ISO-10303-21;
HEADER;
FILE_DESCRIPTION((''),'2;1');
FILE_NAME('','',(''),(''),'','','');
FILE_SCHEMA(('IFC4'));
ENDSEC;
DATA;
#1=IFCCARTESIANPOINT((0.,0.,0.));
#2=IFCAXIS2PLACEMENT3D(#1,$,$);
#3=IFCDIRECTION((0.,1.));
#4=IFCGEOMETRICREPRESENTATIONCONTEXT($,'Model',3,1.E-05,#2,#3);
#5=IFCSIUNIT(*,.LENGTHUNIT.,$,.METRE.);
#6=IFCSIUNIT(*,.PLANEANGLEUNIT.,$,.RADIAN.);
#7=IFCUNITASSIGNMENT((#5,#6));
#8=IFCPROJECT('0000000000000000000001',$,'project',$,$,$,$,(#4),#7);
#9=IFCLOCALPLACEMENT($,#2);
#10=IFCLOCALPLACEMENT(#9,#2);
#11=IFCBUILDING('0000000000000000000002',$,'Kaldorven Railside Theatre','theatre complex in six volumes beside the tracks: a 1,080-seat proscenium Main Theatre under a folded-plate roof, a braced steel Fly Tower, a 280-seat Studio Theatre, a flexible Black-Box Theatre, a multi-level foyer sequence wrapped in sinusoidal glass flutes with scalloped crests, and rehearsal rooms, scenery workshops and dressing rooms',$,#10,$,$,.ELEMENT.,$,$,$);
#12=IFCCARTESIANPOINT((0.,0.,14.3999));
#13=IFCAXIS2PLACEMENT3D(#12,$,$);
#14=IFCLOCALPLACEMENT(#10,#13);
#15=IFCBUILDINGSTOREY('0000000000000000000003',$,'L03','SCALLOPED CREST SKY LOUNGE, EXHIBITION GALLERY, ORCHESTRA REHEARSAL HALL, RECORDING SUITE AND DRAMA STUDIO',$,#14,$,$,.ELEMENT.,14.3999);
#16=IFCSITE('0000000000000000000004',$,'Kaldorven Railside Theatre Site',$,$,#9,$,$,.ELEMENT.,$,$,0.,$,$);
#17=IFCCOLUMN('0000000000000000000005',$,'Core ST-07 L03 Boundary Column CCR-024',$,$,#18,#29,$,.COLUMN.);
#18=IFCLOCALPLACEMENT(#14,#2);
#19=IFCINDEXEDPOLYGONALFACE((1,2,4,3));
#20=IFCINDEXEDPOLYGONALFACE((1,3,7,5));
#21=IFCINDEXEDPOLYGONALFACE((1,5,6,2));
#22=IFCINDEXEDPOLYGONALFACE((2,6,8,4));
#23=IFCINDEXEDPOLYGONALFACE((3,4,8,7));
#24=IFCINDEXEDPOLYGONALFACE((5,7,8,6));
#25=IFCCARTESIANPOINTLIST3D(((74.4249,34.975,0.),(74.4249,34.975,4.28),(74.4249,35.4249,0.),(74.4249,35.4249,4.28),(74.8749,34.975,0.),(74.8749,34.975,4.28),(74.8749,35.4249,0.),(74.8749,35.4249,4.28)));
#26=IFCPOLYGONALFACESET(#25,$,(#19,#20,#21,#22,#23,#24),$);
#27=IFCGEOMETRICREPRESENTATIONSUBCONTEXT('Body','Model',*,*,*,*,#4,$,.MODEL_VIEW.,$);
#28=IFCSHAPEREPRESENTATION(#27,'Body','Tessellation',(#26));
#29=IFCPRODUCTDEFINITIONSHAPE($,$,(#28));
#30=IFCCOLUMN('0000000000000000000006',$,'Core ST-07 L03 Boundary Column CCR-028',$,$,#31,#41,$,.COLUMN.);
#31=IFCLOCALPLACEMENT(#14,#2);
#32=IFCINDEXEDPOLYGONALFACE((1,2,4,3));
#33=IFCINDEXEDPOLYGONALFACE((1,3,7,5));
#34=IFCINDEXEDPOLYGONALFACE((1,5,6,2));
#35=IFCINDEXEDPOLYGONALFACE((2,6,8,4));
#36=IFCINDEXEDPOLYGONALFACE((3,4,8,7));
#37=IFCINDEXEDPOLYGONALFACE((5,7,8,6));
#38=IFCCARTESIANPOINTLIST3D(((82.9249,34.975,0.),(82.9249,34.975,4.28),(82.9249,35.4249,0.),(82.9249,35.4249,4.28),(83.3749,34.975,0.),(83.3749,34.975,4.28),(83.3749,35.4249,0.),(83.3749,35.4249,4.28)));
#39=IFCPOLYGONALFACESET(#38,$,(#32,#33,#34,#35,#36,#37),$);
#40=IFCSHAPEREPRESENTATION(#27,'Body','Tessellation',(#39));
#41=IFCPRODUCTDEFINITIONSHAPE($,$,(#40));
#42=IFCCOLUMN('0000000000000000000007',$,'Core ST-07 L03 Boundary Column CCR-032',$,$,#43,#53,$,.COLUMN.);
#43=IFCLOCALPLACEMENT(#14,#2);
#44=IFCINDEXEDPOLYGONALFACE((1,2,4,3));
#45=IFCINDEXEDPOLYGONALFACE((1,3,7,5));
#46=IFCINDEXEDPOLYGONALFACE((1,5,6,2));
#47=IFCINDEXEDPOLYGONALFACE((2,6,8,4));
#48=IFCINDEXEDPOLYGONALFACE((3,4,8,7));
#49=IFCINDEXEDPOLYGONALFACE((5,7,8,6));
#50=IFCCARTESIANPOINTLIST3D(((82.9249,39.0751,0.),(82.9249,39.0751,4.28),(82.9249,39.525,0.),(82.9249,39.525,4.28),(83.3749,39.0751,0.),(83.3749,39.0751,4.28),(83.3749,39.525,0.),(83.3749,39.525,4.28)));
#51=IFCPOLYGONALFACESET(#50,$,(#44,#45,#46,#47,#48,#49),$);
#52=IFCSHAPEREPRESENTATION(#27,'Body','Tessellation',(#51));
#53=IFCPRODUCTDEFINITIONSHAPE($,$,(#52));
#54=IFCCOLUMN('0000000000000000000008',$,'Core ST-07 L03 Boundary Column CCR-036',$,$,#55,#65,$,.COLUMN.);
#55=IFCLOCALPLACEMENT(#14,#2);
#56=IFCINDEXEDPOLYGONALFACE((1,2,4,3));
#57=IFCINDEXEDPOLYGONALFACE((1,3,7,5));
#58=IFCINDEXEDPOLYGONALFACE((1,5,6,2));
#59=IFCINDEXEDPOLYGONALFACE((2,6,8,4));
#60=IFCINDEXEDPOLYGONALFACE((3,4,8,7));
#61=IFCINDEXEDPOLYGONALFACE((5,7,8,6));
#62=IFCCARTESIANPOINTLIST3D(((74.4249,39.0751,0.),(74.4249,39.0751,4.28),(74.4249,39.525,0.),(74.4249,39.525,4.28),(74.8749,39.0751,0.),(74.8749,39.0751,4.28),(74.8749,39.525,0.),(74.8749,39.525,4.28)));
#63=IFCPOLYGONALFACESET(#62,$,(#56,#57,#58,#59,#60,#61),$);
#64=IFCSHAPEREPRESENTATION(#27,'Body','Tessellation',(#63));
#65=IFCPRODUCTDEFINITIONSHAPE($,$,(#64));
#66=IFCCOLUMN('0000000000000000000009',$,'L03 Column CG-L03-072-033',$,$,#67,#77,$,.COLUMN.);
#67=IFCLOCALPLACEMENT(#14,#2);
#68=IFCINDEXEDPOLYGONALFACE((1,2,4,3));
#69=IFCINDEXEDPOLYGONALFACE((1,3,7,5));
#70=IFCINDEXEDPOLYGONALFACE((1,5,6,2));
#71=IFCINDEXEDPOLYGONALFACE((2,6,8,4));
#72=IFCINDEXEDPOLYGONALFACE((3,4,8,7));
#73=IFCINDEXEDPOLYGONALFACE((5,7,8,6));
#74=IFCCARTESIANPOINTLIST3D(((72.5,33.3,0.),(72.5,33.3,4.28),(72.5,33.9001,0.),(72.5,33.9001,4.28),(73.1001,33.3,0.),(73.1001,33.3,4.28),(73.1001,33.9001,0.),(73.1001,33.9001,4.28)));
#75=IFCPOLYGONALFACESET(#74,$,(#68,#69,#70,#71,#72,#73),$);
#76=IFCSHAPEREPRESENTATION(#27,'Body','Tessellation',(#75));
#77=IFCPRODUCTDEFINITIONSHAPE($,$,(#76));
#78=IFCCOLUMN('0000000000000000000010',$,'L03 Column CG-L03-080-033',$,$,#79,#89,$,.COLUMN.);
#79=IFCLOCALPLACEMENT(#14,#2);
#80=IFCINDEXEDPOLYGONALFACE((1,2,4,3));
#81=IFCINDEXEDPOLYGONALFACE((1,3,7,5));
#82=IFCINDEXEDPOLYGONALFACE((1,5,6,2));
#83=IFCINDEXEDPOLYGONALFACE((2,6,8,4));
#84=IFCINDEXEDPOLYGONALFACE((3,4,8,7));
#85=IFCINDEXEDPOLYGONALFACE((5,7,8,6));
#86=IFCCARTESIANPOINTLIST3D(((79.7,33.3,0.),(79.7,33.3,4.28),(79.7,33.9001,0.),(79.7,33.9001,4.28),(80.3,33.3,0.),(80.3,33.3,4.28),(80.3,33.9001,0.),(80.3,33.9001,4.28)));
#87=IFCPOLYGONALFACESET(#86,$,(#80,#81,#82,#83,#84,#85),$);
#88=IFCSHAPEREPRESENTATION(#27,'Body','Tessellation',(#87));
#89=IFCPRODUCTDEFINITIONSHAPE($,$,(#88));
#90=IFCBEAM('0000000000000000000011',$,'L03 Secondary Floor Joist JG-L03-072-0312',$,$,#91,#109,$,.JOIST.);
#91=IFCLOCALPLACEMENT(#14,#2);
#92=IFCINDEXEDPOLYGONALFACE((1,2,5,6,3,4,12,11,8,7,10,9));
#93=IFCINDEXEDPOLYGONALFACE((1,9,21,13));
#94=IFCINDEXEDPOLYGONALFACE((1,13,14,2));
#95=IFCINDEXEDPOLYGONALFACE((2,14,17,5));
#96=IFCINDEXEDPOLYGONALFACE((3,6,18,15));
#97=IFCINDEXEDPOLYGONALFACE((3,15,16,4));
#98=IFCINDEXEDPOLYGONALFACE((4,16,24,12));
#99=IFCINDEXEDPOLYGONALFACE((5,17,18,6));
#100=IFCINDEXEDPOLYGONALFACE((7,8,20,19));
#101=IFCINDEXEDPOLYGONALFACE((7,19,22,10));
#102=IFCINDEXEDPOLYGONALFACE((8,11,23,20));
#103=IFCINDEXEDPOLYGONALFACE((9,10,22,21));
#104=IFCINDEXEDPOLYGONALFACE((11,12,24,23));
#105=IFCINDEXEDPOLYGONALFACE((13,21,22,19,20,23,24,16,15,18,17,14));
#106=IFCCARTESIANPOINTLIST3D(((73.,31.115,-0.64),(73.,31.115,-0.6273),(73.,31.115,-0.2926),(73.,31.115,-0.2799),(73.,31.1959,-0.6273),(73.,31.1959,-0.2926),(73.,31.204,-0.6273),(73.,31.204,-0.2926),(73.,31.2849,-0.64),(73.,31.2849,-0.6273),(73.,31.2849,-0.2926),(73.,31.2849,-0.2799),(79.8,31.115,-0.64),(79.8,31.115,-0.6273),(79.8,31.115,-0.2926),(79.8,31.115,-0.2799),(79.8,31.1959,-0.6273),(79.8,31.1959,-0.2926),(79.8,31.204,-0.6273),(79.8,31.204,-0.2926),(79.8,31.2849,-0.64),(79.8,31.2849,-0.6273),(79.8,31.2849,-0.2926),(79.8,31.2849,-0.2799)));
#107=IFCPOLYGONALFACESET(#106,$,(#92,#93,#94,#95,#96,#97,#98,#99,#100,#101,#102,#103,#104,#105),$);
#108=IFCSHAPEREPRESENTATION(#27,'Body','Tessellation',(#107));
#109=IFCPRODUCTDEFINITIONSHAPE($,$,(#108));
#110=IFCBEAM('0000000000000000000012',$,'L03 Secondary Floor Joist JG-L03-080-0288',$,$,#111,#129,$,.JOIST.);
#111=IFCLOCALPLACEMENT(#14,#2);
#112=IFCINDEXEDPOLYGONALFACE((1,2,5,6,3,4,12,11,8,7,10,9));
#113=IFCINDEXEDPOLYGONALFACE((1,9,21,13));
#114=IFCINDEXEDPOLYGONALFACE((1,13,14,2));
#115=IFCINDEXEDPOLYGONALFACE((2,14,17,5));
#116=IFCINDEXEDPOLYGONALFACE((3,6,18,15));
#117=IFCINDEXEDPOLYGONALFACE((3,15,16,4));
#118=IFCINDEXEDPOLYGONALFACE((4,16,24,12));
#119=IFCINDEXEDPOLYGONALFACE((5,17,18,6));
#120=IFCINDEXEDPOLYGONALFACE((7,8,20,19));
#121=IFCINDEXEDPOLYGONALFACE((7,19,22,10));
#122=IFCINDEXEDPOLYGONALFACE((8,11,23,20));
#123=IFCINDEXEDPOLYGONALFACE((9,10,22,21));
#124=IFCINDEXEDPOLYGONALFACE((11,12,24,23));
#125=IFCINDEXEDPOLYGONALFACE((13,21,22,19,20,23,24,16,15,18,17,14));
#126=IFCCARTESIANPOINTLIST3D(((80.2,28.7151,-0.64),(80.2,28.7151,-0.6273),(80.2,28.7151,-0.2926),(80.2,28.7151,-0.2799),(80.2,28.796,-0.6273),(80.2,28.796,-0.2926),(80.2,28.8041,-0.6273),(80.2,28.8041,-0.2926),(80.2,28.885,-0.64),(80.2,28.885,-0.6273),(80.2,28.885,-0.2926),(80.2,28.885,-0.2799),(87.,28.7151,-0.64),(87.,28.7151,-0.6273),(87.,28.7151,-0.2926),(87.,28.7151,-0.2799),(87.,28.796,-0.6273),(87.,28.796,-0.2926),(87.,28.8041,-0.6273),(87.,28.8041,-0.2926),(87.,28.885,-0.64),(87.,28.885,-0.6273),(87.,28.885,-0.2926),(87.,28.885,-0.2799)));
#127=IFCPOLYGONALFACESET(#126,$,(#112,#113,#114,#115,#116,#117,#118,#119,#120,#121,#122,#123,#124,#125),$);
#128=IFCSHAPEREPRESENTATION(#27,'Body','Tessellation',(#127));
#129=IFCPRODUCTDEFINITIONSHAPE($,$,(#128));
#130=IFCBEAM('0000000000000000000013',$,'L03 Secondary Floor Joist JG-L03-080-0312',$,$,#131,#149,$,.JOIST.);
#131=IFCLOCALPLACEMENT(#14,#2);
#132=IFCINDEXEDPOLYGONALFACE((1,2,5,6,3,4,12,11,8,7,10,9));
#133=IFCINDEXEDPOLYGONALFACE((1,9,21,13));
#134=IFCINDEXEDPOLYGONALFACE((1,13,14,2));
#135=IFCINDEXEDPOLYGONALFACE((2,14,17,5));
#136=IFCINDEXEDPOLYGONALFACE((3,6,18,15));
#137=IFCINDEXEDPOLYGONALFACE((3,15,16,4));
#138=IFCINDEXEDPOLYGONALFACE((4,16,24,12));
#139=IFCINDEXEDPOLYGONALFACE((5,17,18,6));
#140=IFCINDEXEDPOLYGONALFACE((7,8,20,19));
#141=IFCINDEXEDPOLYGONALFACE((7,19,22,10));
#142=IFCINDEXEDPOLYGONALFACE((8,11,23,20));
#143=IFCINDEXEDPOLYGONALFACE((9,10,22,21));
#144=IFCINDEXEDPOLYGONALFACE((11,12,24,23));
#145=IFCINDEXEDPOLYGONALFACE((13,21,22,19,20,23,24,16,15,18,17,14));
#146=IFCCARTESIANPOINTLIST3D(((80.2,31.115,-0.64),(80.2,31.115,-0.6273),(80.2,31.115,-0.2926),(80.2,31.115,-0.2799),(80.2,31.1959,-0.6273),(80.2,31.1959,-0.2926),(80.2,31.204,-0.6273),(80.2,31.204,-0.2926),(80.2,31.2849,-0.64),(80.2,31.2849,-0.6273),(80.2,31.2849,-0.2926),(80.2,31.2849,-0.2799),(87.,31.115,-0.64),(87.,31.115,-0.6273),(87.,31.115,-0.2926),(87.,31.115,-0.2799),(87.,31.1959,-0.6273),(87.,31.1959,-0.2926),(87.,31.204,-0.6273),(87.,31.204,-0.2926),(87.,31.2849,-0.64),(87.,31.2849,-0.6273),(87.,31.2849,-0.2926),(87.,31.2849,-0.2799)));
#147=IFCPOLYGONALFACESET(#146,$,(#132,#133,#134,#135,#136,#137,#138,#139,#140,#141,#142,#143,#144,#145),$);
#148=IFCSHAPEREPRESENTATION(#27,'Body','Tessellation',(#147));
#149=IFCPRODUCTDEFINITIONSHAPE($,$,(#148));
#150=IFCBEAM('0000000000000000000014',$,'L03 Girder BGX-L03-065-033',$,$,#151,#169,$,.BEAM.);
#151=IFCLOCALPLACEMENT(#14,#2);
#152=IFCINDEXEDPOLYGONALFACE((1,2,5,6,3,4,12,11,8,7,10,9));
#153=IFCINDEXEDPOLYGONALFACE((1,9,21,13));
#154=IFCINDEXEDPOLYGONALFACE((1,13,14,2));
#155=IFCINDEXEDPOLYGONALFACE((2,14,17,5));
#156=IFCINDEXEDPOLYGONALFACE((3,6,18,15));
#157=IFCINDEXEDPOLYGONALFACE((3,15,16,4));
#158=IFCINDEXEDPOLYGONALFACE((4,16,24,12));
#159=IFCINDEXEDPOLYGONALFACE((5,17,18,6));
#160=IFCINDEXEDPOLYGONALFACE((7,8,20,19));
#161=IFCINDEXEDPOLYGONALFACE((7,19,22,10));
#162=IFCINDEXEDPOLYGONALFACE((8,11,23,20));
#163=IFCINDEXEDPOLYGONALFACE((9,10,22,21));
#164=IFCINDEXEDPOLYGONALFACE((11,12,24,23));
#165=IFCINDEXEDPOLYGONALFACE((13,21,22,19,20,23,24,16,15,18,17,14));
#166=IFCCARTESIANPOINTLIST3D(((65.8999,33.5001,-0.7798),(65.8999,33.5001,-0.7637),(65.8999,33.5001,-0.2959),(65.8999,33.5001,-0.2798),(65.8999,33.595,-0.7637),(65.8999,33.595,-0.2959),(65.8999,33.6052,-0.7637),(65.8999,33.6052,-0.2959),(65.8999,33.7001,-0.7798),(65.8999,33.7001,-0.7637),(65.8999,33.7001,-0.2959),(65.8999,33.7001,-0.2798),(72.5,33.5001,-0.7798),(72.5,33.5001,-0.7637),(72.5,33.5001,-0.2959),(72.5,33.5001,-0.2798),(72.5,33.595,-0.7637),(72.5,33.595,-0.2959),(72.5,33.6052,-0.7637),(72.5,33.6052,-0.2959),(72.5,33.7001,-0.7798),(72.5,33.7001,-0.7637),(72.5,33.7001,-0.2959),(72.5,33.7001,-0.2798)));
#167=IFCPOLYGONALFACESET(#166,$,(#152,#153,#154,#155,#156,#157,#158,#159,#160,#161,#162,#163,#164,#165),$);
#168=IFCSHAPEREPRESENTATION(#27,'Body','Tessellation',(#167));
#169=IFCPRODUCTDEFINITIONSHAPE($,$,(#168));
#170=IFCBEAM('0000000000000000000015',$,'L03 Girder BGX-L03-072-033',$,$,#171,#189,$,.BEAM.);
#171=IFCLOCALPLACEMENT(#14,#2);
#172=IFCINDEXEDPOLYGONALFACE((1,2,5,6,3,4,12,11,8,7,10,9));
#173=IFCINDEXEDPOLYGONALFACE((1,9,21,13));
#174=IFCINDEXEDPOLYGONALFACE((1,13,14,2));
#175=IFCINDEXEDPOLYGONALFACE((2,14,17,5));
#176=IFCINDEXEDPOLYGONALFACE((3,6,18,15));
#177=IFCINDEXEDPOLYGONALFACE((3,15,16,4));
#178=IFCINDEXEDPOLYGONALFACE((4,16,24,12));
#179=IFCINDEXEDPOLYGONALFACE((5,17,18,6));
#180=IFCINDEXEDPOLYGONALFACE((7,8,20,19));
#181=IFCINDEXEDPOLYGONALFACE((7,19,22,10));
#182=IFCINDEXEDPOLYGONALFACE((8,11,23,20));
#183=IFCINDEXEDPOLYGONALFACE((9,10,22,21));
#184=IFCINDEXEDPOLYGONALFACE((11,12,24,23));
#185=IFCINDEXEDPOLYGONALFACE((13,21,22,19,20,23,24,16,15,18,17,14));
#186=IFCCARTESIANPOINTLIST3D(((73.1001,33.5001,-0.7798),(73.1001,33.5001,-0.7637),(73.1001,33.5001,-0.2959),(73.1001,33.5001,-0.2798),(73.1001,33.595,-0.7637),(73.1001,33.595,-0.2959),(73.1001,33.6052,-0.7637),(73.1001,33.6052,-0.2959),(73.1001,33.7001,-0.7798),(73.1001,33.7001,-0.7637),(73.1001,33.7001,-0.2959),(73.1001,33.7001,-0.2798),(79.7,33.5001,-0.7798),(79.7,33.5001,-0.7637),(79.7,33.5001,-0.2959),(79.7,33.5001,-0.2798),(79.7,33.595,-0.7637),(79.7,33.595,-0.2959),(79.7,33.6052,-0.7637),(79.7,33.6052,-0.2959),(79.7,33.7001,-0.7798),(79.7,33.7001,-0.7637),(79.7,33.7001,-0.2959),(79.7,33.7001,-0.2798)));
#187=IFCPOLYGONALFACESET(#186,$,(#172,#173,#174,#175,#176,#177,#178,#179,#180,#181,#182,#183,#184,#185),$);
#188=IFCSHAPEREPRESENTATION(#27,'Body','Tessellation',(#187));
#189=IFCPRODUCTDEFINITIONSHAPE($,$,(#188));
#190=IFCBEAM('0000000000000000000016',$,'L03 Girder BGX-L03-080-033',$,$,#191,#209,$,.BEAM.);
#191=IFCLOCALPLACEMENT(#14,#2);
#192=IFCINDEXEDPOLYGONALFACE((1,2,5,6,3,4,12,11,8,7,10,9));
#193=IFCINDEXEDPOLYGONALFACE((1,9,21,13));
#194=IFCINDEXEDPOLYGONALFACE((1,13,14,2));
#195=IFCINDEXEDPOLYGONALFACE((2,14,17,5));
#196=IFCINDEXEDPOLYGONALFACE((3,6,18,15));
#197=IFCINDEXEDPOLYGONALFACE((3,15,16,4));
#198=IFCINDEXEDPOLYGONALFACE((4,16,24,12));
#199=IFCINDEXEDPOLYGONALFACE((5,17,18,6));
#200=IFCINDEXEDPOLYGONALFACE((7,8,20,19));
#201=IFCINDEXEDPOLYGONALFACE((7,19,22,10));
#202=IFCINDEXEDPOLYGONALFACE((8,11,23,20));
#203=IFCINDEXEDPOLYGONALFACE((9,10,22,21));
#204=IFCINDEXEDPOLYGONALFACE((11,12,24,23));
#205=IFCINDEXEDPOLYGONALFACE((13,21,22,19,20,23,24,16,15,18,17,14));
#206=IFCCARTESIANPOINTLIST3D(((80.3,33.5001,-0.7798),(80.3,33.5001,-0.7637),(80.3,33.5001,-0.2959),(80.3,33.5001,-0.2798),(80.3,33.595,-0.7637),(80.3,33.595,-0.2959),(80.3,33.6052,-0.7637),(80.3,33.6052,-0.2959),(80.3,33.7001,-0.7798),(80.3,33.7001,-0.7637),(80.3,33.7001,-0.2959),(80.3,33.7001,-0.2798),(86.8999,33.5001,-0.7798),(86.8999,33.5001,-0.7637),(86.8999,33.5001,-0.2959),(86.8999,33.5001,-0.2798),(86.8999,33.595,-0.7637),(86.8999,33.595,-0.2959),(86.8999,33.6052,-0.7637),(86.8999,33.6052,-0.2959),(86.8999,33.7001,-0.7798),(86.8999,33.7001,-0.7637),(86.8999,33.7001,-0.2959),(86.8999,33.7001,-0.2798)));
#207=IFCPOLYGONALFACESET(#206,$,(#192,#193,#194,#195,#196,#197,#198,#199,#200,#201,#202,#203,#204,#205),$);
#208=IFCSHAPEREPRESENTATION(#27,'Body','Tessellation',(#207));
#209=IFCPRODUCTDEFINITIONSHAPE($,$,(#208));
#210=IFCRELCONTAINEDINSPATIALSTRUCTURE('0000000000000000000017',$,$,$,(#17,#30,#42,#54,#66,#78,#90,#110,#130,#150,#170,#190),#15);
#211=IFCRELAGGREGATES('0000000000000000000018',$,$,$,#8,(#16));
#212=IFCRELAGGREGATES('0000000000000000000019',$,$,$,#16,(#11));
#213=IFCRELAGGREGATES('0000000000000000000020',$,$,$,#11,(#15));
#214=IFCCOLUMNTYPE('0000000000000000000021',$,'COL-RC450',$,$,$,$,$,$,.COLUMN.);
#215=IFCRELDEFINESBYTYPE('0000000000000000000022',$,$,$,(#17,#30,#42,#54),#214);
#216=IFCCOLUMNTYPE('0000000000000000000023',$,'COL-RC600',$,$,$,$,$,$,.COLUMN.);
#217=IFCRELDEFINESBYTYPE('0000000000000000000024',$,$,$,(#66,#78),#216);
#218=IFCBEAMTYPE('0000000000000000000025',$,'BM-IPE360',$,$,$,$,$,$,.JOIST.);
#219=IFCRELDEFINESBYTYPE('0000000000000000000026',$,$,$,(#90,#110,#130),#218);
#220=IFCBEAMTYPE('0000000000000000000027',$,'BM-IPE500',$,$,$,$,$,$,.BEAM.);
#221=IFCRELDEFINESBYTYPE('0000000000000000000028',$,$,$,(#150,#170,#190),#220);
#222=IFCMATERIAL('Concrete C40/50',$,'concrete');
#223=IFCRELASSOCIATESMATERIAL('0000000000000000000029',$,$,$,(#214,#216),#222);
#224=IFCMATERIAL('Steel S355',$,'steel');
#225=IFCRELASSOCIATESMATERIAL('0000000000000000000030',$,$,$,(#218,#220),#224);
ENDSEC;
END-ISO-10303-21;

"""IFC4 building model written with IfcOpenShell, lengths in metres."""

from ifc_helpers import new_model, si_unit, direction, frame, origin, origin_2d, place, context, subcontext, project, spatial, rectangle, i_section, extrude, material, material_profile, profile_set, type_object, element, save


model = new_model("IFC4")

# Units and contexts
model_context = context("Model", 3, precision=1e-05, world=origin(), true_north=direction((0.0, 1.0)))
body_context = subcontext(model_context, "Body", "Model", "MODEL_VIEW")
ifc_project = project(units=[si_unit("LENGTHUNIT", "METRE"), si_unit("PLANEANGLEUNIT", "RADIAN")], contexts=[model_context])

# Site, building, storey
site_placement = place(None, origin())
site = spatial("IfcSite", under=ifc_project, at=site_placement, Name="Kaldorven Railside Theatre Site", CompositionType="ELEMENT", RefElevation=0.0)
building_placement = place(site_placement, origin())
building = spatial("IfcBuilding", under=site, at=building_placement, Name="Kaldorven Railside Theatre", Description="theatre complex in six volumes beside the tracks: a 1,080-seat proscenium Main Theatre under a folded-plate roof, a braced steel Fly Tower, a 280-seat Studio Theatre, a flexible Black-Box Theatre, a multi-level foyer sequence wrapped in sinusoidal glass flutes with scalloped crests, and rehearsal rooms, scenery workshops and dressing rooms", CompositionType="ELEMENT")
storey_placement = place(building_placement, frame((0.0, 0.0, 14.3999)))
storey = spatial("IfcBuildingStorey", under=building, at=storey_placement, Name="L03", Description="SCALLOPED CREST SKY LOUNGE, EXHIBITION GALLERY, ORCHESTRA REHEARSAL HALL, RECORDING SUITE AND DRAMA STUDIO", CompositionType="ELEMENT", Elevation=14.3999)

# Columns
ifc_material_1 = material(Name="Concrete C40/50", Category="concrete")
ifc_material_profile_1 = material_profile(ifc_material_1, rectangle(XDim=0.45, YDim=0.45, at=origin_2d()), Name="RC 450x450")
ifc_profile_set_1 = profile_set([ifc_material_profile_1], Name="Concrete C40/50")
column_type_1 = type_object("IfcColumnType", Name="COL-RC450", PredefinedType="COLUMN", material=ifc_profile_set_1)
for number, where, z_axis, x_axis, name in (
    (1, (74.6499, 35.2, 0.0), (0.0, 0.0, 1.0), (1.0, 0.0, 0.0), "Core ST-07 L03 Boundary Column CCR-024"),
    (2, (83.1499, 35.2, 0.0), (0.0, 0.0, 1.0), (1.0, 0.0, 0.0), "Core ST-07 L03 Boundary Column CCR-028"),
    (3, (83.1499, 39.3, 0.0), (0.0, 0.0, 1.0), (1.0, 0.0, 0.0), "Core ST-07 L03 Boundary Column CCR-032"),
    (4, (74.6499, 39.3, 0.0), (0.0, 0.0, 1.0), (1.0, 0.0, 0.0), "Core ST-07 L03 Boundary Column CCR-036"),
):
    element("IfcColumn", number, at=place(storey_placement, frame(where, z_axis=z_axis, x_axis=x_axis)), inside=storey, type_object=column_type_1, Name=name, PredefinedType="COLUMN", context=body_context, shape_type="SweptSolid", body=[
        extrude(rectangle(XDim=0.45, YDim=0.45, at=origin_2d()), origin(), (0.0, 0.0, 1.0), 4.28),
    ])
ifc_material_profile_2 = material_profile(ifc_material_1, rectangle(XDim=0.6001, YDim=0.6001, at=origin_2d()), Name="RC 600x600")
ifc_profile_set_2 = profile_set([ifc_material_profile_2], Name="Concrete C40/50")
column_type_2 = type_object("IfcColumnType", Name="COL-RC600", PredefinedType="COLUMN", material=ifc_profile_set_2)
for number, where, z_axis, x_axis, name in (
    (5, (72.8, 33.6001, 0.0), (0.0, 0.0, 1.0), (1.0, 0.0, 0.0), "L03 Column CG-L03-072-033"),
    (6, (80.0, 33.6001, 0.0), (0.0, 0.0, 1.0), (0.0, 1.0, 0.0), "L03 Column CG-L03-080-033"),
):
    element("IfcColumn", number, at=place(storey_placement, frame(where, z_axis=z_axis, x_axis=x_axis)), inside=storey, type_object=column_type_2, Name=name, PredefinedType="COLUMN", context=body_context, shape_type="SweptSolid", body=[
        extrude(rectangle(XDim=0.6001, YDim=0.6001, at=origin_2d()), origin(), (0.0, 0.0, 1.0), 4.28),
    ])

# Beams
ifc_material_2 = material(Name="Steel S355", Category="steel")
ifc_material_profile_3 = material_profile(ifc_material_2, i_section(OverallWidth=0.1699, OverallDepth=0.3601, WebThickness=0.0081, FlangeThickness=0.0127, at=origin_2d()), Name="IPE 360")
ifc_profile_set_3 = profile_set([ifc_material_profile_3], Name="Steel S355")
beam_type_1 = type_object("IfcBeamType", Name="BM-IPE360", PredefinedType="JOIST", material=ifc_profile_set_3)
for number, where, z_axis, x_axis, name in (
    (7, (73.0, 31.2, -0.46), (1.0, 0.0, 0.0), (0.0, 1.0, 0.0), "L03 Secondary Floor Joist JG-L03-072-0312"),
    (8, (80.2, 28.8, -0.46), (1.0, 0.0, 0.0), (0.0, 1.0, 0.0), "L03 Secondary Floor Joist JG-L03-080-0288"),
    (9, (80.2, 31.2, -0.46), (1.0, 0.0, 0.0), (0.0, 1.0, 0.0), "L03 Secondary Floor Joist JG-L03-080-0312"),
):
    element("IfcBeam", number, at=place(storey_placement, frame(where, z_axis=z_axis, x_axis=x_axis)), inside=storey, type_object=beam_type_1, Name=name, PredefinedType="JOIST", context=body_context, shape_type="SweptSolid", body=[
        extrude(i_section(OverallWidth=0.1699, OverallDepth=0.3601, WebThickness=0.0081, FlangeThickness=0.0127, at=origin_2d()), origin(), (0.0, 0.0, 1.0), 6.8),
    ])
ifc_material_profile_4 = material_profile(ifc_material_2, i_section(OverallWidth=0.2, OverallDepth=0.5, WebThickness=0.0103, FlangeThickness=0.0161, at=origin_2d()), Name="IPE 500")
ifc_profile_set_4 = profile_set([ifc_material_profile_4], Name="Steel S355")
beam_type_2 = type_object("IfcBeamType", Name="BM-IPE500", PredefinedType="BEAM", material=ifc_profile_set_4)
beam_1_placement = place(storey_placement, frame((65.8999, 33.6001, -0.5298), z_axis=(1.0, 0.0, 0.0), x_axis=(0.0, 1.0, 0.0)))
element("IfcBeam", 10, at=beam_1_placement, inside=storey, type_object=beam_type_2, Name="L03 Girder BGX-L03-065-033", PredefinedType="BEAM", context=body_context, shape_type="SweptSolid", body=[
    extrude(i_section(OverallWidth=0.2, OverallDepth=0.5, WebThickness=0.0103, FlangeThickness=0.0161, at=origin_2d()), origin(), (0.0, 0.0, 1.0), 6.6001),
])
for number, where, z_axis, x_axis, name in (
    (11, (73.1001, 33.6001, -0.5298), (1.0, 0.0, 0.0), (0.0, 1.0, 0.0), "L03 Girder BGX-L03-072-033"),
    (12, (80.3, 33.6001, -0.5298), (1.0, 0.0, 0.0), (0.0, 1.0, 0.0), "L03 Girder BGX-L03-080-033"),
):
    element("IfcBeam", number, at=place(storey_placement, frame(where, z_axis=z_axis, x_axis=x_axis)), inside=storey, type_object=beam_type_2, Name=name, PredefinedType="BEAM", context=body_context, shape_type="SweptSolid", body=[
        extrude(i_section(OverallWidth=0.2, OverallDepth=0.5, WebThickness=0.0103, FlangeThickness=0.0161, at=origin_2d()), origin(), (0.0, 0.0, 1.0), 6.5999),
    ])

save(model, "model.ifc")
